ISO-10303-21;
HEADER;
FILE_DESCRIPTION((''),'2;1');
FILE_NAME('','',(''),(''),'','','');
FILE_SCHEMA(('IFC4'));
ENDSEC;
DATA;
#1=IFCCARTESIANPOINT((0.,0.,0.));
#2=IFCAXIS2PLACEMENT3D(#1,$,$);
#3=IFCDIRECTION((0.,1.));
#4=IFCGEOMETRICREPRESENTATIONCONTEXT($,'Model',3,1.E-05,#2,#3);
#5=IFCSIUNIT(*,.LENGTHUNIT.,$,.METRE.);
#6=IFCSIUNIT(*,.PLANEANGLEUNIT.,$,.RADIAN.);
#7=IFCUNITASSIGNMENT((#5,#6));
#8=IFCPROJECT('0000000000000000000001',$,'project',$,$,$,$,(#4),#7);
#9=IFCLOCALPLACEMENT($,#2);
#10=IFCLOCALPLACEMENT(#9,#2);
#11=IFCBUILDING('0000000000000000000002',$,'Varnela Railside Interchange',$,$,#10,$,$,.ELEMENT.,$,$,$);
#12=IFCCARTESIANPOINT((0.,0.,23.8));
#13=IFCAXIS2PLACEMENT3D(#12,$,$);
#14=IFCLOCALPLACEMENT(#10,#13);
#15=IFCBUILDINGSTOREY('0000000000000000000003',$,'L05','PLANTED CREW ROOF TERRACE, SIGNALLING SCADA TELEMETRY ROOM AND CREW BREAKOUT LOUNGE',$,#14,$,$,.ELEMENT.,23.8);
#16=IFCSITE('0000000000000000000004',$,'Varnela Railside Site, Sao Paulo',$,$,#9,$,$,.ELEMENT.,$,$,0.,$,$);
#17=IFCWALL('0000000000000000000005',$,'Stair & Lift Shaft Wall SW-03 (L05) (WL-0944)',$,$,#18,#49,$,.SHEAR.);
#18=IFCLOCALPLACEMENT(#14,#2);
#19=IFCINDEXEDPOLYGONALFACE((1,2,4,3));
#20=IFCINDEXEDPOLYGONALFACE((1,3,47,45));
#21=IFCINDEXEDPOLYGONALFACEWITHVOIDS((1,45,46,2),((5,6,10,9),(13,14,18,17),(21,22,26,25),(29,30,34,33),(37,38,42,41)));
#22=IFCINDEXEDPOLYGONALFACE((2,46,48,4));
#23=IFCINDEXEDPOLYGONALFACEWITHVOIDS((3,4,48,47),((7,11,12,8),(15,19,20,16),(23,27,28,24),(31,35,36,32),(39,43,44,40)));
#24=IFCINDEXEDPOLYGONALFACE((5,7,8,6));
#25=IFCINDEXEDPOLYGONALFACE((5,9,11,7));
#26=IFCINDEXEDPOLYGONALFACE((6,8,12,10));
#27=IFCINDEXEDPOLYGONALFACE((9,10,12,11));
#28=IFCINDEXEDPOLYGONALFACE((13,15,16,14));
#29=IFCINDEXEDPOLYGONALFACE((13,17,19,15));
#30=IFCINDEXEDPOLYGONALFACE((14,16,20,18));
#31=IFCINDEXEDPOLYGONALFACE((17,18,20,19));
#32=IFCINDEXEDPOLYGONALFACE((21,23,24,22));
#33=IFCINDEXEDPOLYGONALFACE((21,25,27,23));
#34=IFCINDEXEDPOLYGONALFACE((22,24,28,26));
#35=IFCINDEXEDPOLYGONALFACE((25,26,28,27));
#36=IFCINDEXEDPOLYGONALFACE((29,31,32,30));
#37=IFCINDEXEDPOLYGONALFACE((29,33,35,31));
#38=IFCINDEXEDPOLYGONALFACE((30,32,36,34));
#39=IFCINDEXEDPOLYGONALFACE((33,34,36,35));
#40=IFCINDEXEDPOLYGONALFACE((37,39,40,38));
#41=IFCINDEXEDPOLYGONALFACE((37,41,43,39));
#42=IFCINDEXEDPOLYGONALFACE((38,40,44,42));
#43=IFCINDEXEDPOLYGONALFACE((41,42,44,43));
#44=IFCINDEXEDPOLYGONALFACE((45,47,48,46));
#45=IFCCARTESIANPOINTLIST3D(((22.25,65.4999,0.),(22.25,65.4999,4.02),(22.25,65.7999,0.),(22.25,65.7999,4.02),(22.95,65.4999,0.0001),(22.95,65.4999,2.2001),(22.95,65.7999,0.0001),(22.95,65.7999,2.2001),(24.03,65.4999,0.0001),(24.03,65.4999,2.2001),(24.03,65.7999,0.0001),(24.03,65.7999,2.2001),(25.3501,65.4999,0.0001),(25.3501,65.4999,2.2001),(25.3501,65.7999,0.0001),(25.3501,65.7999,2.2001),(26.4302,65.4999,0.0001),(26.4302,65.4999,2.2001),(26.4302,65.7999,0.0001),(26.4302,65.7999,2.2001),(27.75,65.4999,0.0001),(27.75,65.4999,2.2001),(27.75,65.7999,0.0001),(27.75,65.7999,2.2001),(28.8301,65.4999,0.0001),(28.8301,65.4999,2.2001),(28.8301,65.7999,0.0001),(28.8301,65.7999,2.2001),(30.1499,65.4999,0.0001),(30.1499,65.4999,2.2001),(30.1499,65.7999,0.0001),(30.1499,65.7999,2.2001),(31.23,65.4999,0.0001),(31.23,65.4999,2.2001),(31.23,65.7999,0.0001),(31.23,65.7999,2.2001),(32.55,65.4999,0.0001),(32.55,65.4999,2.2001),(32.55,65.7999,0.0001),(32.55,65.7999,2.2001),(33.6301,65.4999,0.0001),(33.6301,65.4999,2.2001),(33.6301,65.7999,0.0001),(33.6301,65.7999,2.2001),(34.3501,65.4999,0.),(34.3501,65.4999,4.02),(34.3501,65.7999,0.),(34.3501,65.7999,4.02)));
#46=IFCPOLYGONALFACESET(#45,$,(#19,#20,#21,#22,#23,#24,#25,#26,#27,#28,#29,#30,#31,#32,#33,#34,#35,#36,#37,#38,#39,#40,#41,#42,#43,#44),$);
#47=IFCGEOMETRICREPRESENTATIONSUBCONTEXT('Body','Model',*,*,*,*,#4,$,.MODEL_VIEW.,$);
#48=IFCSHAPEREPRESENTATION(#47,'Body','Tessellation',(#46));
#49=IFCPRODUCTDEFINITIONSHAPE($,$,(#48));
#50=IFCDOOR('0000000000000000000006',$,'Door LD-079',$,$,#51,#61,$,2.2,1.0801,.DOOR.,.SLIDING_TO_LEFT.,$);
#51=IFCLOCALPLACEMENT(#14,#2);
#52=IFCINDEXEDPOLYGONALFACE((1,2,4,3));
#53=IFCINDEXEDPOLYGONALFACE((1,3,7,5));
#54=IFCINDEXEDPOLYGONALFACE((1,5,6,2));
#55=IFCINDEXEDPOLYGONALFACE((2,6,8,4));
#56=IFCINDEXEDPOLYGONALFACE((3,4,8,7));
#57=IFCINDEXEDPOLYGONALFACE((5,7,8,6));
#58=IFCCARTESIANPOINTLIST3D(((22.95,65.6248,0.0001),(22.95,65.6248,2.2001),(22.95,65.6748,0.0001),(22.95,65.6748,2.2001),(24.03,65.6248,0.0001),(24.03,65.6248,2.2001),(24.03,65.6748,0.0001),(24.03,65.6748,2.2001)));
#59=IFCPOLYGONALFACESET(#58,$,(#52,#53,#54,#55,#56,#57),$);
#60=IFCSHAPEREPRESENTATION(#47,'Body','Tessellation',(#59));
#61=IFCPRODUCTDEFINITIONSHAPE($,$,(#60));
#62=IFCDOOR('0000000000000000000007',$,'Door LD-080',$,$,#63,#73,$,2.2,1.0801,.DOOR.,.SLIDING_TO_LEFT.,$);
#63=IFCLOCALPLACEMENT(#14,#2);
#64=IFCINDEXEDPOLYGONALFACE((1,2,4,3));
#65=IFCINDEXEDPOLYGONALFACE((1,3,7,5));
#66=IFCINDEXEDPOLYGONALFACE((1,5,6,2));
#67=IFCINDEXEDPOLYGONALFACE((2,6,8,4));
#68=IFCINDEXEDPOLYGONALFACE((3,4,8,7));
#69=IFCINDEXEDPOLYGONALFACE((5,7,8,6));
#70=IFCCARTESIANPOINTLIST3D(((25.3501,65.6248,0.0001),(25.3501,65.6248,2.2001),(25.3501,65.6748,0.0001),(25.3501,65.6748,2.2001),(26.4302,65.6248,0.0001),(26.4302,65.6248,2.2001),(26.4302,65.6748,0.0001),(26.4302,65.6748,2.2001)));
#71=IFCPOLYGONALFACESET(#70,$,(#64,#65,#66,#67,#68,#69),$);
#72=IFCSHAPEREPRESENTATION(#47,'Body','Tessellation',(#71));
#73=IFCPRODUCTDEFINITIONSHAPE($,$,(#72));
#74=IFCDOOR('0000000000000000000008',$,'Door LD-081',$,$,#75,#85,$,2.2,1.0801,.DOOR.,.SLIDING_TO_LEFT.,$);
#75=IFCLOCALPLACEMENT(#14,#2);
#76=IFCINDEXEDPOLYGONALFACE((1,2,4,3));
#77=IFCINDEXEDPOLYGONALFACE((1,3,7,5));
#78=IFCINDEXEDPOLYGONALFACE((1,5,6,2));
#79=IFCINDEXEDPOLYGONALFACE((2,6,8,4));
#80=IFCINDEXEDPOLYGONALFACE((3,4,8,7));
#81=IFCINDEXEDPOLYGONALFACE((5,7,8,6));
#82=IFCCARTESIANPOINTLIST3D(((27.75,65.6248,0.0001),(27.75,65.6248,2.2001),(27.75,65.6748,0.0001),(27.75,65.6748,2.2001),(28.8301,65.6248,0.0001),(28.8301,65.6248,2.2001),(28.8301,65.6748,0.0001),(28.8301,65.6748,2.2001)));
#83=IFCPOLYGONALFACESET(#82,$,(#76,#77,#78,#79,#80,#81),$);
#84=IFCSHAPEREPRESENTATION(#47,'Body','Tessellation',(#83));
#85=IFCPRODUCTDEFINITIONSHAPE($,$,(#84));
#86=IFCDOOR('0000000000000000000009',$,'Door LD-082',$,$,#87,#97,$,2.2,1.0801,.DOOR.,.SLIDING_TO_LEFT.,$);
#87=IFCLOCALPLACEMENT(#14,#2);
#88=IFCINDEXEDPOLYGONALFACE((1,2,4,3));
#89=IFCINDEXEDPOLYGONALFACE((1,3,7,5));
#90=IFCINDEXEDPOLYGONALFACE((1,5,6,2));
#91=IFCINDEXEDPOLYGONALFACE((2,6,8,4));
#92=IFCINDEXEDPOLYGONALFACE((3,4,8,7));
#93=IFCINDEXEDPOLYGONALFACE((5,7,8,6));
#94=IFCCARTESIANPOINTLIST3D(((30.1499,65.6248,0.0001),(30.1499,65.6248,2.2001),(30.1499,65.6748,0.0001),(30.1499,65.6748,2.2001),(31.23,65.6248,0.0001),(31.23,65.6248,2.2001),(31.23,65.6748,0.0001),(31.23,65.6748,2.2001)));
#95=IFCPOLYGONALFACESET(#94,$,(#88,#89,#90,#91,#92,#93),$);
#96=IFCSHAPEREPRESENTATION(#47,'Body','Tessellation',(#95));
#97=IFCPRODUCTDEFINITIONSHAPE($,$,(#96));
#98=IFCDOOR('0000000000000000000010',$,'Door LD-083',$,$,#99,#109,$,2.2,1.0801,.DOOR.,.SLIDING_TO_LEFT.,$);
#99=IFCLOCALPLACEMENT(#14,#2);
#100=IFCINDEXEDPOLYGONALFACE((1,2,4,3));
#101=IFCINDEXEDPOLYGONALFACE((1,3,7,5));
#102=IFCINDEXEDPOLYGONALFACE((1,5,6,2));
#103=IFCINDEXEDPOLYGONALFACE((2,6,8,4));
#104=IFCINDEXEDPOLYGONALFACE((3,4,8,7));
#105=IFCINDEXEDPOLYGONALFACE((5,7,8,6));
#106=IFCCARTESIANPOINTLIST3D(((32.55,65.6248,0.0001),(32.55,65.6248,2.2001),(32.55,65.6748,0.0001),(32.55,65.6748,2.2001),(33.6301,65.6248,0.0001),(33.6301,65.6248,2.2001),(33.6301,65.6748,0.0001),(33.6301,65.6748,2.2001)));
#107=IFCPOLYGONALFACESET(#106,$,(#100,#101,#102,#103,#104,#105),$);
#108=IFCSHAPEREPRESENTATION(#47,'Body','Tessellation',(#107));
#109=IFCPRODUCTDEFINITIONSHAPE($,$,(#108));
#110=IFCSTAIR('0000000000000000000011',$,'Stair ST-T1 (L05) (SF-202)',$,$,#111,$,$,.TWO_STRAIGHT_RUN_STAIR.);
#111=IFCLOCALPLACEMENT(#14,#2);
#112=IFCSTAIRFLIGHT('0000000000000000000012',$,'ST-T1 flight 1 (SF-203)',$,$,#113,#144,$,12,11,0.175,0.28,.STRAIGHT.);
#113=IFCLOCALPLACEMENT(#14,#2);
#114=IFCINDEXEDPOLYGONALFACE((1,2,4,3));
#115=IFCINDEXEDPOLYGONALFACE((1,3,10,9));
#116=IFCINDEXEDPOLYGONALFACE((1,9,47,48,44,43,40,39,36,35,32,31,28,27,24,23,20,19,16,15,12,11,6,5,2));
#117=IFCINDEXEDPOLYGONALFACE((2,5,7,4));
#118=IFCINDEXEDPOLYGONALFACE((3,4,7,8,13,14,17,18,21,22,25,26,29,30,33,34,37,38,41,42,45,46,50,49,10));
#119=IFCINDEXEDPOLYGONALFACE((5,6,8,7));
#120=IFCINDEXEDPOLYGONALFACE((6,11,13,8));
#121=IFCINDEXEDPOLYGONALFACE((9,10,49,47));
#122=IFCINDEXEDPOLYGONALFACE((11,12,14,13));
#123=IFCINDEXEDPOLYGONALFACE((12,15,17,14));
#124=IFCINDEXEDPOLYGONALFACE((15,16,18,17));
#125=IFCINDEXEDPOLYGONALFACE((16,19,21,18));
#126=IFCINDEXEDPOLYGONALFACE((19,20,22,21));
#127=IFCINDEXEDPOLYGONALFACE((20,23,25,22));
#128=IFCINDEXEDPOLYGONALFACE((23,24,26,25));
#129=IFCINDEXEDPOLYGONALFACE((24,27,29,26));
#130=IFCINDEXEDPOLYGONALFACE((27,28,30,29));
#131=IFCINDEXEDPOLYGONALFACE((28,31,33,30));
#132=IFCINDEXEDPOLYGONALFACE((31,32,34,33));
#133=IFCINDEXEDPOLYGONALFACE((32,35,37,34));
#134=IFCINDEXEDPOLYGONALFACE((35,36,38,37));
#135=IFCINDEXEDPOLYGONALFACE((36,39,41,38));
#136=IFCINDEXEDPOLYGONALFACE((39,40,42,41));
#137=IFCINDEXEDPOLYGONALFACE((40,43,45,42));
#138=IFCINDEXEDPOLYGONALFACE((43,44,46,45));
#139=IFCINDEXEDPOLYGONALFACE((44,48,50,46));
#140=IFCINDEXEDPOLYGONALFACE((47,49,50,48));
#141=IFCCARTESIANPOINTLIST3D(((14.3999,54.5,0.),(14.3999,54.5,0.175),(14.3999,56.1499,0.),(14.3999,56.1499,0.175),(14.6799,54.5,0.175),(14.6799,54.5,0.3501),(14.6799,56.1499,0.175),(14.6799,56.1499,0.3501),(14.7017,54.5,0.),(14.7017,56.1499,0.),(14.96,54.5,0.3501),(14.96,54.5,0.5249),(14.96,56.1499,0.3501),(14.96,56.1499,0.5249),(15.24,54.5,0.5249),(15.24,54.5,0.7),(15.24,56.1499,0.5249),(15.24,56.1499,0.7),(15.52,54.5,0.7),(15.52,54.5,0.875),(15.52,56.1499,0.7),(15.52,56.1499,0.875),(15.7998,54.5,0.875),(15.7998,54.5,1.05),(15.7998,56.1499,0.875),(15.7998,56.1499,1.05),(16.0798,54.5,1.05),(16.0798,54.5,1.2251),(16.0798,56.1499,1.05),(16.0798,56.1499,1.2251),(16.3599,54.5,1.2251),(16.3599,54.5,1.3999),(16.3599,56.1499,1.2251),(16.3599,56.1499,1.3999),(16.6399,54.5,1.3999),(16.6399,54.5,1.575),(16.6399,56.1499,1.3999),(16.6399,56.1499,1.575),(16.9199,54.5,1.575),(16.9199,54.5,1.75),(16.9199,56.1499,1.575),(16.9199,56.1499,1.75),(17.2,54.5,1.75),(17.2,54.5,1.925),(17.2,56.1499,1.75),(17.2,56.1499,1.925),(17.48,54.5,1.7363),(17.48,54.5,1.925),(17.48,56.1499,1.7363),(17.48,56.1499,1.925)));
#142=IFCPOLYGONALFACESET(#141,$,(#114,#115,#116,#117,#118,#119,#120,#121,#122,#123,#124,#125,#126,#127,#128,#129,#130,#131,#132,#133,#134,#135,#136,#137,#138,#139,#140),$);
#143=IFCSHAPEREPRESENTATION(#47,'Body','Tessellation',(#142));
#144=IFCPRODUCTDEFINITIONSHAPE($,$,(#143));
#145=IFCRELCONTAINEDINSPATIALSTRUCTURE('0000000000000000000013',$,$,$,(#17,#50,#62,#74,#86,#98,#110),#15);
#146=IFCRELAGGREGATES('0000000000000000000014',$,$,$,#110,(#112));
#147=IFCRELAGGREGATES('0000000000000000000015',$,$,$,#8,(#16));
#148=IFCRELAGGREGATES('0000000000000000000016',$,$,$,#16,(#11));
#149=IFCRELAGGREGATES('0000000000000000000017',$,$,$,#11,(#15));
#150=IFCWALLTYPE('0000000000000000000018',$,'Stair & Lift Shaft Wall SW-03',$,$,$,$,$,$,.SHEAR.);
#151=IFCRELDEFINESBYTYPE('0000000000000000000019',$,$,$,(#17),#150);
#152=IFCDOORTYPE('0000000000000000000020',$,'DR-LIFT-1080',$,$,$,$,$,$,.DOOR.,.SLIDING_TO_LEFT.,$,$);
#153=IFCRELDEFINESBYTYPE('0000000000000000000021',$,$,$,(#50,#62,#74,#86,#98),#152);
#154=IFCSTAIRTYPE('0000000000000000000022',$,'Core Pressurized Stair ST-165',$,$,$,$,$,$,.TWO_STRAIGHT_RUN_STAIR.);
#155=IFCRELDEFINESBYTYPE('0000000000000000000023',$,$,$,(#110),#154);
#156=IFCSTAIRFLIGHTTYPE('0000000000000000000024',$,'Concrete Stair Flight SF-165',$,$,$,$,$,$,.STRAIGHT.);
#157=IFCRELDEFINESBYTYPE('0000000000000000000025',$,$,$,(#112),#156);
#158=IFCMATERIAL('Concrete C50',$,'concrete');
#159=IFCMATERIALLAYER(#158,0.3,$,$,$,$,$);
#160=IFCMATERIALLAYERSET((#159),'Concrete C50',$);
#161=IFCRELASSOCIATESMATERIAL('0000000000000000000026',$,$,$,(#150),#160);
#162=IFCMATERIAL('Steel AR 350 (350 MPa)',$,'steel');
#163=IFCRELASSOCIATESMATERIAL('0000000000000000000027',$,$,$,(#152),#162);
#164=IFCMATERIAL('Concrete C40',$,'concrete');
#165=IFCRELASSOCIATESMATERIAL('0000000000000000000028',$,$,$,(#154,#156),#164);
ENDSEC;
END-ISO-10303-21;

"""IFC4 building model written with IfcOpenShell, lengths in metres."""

from ifc_helpers import new_model, si_unit, direction, frame, frame_2d, origin, place, context, subcontext, project, spatial, polyline, rectangle, outline, extrude, material, layer, layer_set, type_object, element, fill, aggregate, save


model = new_model("IFC4")

# Units and contexts
model_context = context("Model", 3, precision=1e-05, world=origin(), true_north=direction((0.0, 1.0)))
body_context = subcontext(model_context, "Body", "Model", "MODEL_VIEW")
ifc_project = project(units=[si_unit("LENGTHUNIT", "METRE"), si_unit("PLANEANGLEUNIT", "RADIAN")], contexts=[model_context])

# Site, building, storey
site_placement = place(None, origin())
site = spatial("IfcSite", under=ifc_project, at=site_placement, Name="Varnela Railside Site, Sao Paulo", CompositionType="ELEMENT", RefElevation=0.0)
building_placement = place(site_placement, origin())
building = spatial("IfcBuilding", under=site, at=building_placement, Name="Varnela Railside Interchange", CompositionType="ELEMENT")
storey_placement = place(building_placement, frame((0.0, 0.0, 23.8)))
storey = spatial("IfcBuildingStorey", under=building, at=storey_placement, Name="L05", Description="PLANTED CREW ROOF TERRACE, SIGNALLING SCADA TELEMETRY ROOM AND CREW BREAKOUT LOUNGE", CompositionType="ELEMENT", Elevation=23.8)

# Shared definitions
ifc_material_1 = material(Name="Steel AR 350 (350 MPa)", Category="steel")

# Shared definitions
ifc_material_2 = material(Name="Concrete C40", Category="concrete")

# Shared definitions
ifc_material_3 = material(Name="Concrete C50", Category="concrete")
ifc_layer_1 = layer(ifc_material_3, 0.3)
ifc_layer_set_1 = layer_set([ifc_layer_1], Name="Concrete C50")
wall_type_1 = type_object("IfcWallType", Name="Stair & Lift Shaft Wall SW-03", PredefinedType="SHEAR", material=ifc_layer_set_1)

# Shared definitions
door_type = type_object("IfcDoorType", Name="DR-LIFT-1080", OperationType="SLIDING_TO_LEFT", PredefinedType="DOOR", material=ifc_material_1)

# Wall, openings, doors
wall_1_placement = place(storey_placement, frame((22.25, 65.6499, 0.0), z_axis=(0.0, 0.0, 1.0), x_axis=(1.0, 0.0, 0.0)))
wall_1 = element("IfcWall", 1, at=wall_1_placement, inside=storey, type_object=wall_type_1, Name="Stair & Lift Shaft Wall SW-03 (L05) (WL-0944)", PredefinedType="SHEAR", context=body_context, shape_type="SweptSolid", body=[
    extrude(rectangle(XDim=12.1001, YDim=0.3, at=frame_2d((6.05, 0.0))), origin(), (0.0, 0.0, 1.0), 4.02),
])
opening_1_placement = place(wall_1_placement, frame((0.7, 0.0, 0.0)))
opening_1 = element("IfcOpeningElement", 2, at=opening_1_placement, cuts=wall_1, PredefinedType="OPENING", context=body_context, shape_type="SweptSolid", body=[
    extrude(rectangle(XDim=1.0801, YDim=2.2, at=frame_2d((0.54, 1.1001))), frame((0.0, 0.1599, 0.0), z_axis=(0.0, -1.0, 0.0), x_axis=(1.0, 0.0, 0.0)), (0.0, 0.0, 1.0), 0.3201),
])
opening_2_placement = place(wall_1_placement, frame((3.1001, 0.0, 0.0)))
opening_2 = element("IfcOpeningElement", 3, at=opening_2_placement, cuts=wall_1, PredefinedType="OPENING", context=body_context, shape_type="SweptSolid", body=[
    extrude(rectangle(XDim=1.0801, YDim=2.2, at=frame_2d((0.54, 1.1001))), frame((0.0, 0.1599, 0.0), z_axis=(0.0, -1.0, 0.0), x_axis=(1.0, 0.0, 0.0)), (0.0, 0.0, 1.0), 0.3201),
])
opening_3_placement = place(wall_1_placement, frame((5.5, 0.0, 0.0)))
opening_3 = element("IfcOpeningElement", 4, at=opening_3_placement, cuts=wall_1, PredefinedType="OPENING", context=body_context, shape_type="SweptSolid", body=[
    extrude(rectangle(XDim=1.0801, YDim=2.2, at=frame_2d((0.54, 1.1001))), frame((0.0, 0.1599, 0.0), z_axis=(0.0, -1.0, 0.0), x_axis=(1.0, 0.0, 0.0)), (0.0, 0.0, 1.0), 0.3201),
])
opening_4_placement = place(wall_1_placement, frame((7.8999, 0.0, 0.0)))
opening_4 = element("IfcOpeningElement", 5, at=opening_4_placement, cuts=wall_1, PredefinedType="OPENING", context=body_context, shape_type="SweptSolid", body=[
    extrude(rectangle(XDim=1.0801, YDim=2.2, at=frame_2d((0.54, 1.1001))), frame((0.0, 0.1599, 0.0), z_axis=(0.0, -1.0, 0.0), x_axis=(1.0, 0.0, 0.0)), (0.0, 0.0, 1.0), 0.3201),
])
opening_5_placement = place(wall_1_placement, frame((10.3, 0.0, 0.0)))
opening_5 = element("IfcOpeningElement", 6, at=opening_5_placement, cuts=wall_1, PredefinedType="OPENING", context=body_context, shape_type="SweptSolid", body=[
    extrude(rectangle(XDim=1.0801, YDim=2.2, at=frame_2d((0.54, 1.1001))), frame((0.0, 0.1599, 0.0), z_axis=(0.0, -1.0, 0.0), x_axis=(1.0, 0.0, 0.0)), (0.0, 0.0, 1.0), 0.3201),
])
door_1_placement = place(opening_1_placement, origin())
door_1 = element("IfcDoor", 7, at=door_1_placement, inside=storey, type_object=door_type, Name="Door LD-079", OperationType="SLIDING_TO_LEFT", OverallHeight=2.2, OverallWidth=1.0801, PredefinedType="DOOR", context=body_context, shape_type="SweptSolid", body=[
    extrude(rectangle(XDim=1.0801, YDim=2.2, at=frame_2d((0.54, 1.1001))), frame((0.0, 0.0249, 0.0), z_axis=(0.0, -1.0, 0.0), x_axis=(1.0, 0.0, 0.0)), (0.0, 0.0, 1.0), 0.05),
])
fill(opening_1, door_1)
door_2_placement = place(opening_2_placement, origin())
door_2 = element("IfcDoor", 8, at=door_2_placement, inside=storey, type_object=door_type, Name="Door LD-080", OperationType="SLIDING_TO_LEFT", OverallHeight=2.2, OverallWidth=1.0801, PredefinedType="DOOR", context=body_context, shape_type="SweptSolid", body=[
    extrude(rectangle(XDim=1.0801, YDim=2.2, at=frame_2d((0.54, 1.1001))), frame((0.0, 0.0249, 0.0), z_axis=(0.0, -1.0, 0.0), x_axis=(1.0, 0.0, 0.0)), (0.0, 0.0, 1.0), 0.05),
])
fill(opening_2, door_2)
door_3_placement = place(opening_3_placement, origin())
door_3 = element("IfcDoor", 9, at=door_3_placement, inside=storey, type_object=door_type, Name="Door LD-081", OperationType="SLIDING_TO_LEFT", OverallHeight=2.2, OverallWidth=1.0801, PredefinedType="DOOR", context=body_context, shape_type="SweptSolid", body=[
    extrude(rectangle(XDim=1.0801, YDim=2.2, at=frame_2d((0.54, 1.1001))), frame((0.0, 0.0249, 0.0), z_axis=(0.0, -1.0, 0.0), x_axis=(1.0, 0.0, 0.0)), (0.0, 0.0, 1.0), 0.05),
])
fill(opening_3, door_3)
door_4_placement = place(opening_4_placement, origin())
door_4 = element("IfcDoor", 10, at=door_4_placement, inside=storey, type_object=door_type, Name="Door LD-082", OperationType="SLIDING_TO_LEFT", OverallHeight=2.2, OverallWidth=1.0801, PredefinedType="DOOR", context=body_context, shape_type="SweptSolid", body=[
    extrude(rectangle(XDim=1.0801, YDim=2.2, at=frame_2d((0.54, 1.1001))), frame((0.0, 0.0249, 0.0), z_axis=(0.0, -1.0, 0.0), x_axis=(1.0, 0.0, 0.0)), (0.0, 0.0, 1.0), 0.05),
])
fill(opening_4, door_4)
door_5_placement = place(opening_5_placement, origin())
door_5 = element("IfcDoor", 11, at=door_5_placement, inside=storey, type_object=door_type, Name="Door LD-083", OperationType="SLIDING_TO_LEFT", OverallHeight=2.2, OverallWidth=1.0801, PredefinedType="DOOR", context=body_context, shape_type="SweptSolid", body=[
    extrude(rectangle(XDim=1.0801, YDim=2.2, at=frame_2d((0.54, 1.1001))), frame((0.0, 0.0249, 0.0), z_axis=(0.0, -1.0, 0.0), x_axis=(1.0, 0.0, 0.0)), (0.0, 0.0, 1.0), 0.05),
])
fill(opening_5, door_5)

# Stair, stair flight
stair_type = type_object("IfcStairType", Name="Core Pressurized Stair ST-165", PredefinedType="TWO_STRAIGHT_RUN_STAIR", material=ifc_material_2)
stair_1_placement = place(storey_placement, origin())
stair_1 = element("IfcStair", 12, at=stair_1_placement, inside=storey, type_object=stair_type, Name="Stair ST-T1 (L05) (SF-202)", PredefinedType="TWO_STRAIGHT_RUN_STAIR")
stair_flight_type = type_object("IfcStairFlightType", Name="Concrete Stair Flight SF-165", PredefinedType="STRAIGHT", material=ifc_material_2)
stair_flight_1_placement = place(storey_placement, frame((14.3999, 55.325, 0.0), z_axis=(0.0, 0.0, 1.0), x_axis=(1.0, 0.0, 0.0)))
stair_flight_1 = element("IfcStairFlight", 13, at=stair_flight_1_placement, type_object=stair_flight_type, Name="ST-T1 flight 1 (SF-203)", NumberOfRisers=12, NumberOfTreads=11, PredefinedType="STRAIGHT", RiserHeight=0.175, TreadLength=0.28, context=body_context, shape_type="SweptSolid", body=[
    extrude(outline(polyline([(0.0, 0.0), (0.0, 0.175), (0.28, 0.175), (0.28, 0.3501), (0.5601, 0.3501), (0.5601, 0.5249), (0.8401, 0.5249), (0.8401, 0.7), (1.1201, 0.7), (1.1201, 0.875), (1.3999, 0.875), (1.3999, 1.05), (1.6799, 1.05), (1.6799, 1.2251), (1.96, 1.2251), (1.96, 1.3999), (2.24, 1.3999), (2.24, 1.575), (2.52, 1.575), (2.52, 1.75), (2.8, 1.75), (2.8, 1.925), (3.0801, 1.925), (3.0801, 2.1001), (3.0801, 1.7363), (0.3018, 0.0), (0.0, 0.0)])), frame((0.0, 0.825, 0.0), z_axis=(0.0, -1.0, 0.0), x_axis=(1.0, 0.0, 0.0)), (0.0, 0.0, 1.0), 1.6499),
])
aggregate(stair_1, [stair_flight_1])

save(model, "model.ifc")
